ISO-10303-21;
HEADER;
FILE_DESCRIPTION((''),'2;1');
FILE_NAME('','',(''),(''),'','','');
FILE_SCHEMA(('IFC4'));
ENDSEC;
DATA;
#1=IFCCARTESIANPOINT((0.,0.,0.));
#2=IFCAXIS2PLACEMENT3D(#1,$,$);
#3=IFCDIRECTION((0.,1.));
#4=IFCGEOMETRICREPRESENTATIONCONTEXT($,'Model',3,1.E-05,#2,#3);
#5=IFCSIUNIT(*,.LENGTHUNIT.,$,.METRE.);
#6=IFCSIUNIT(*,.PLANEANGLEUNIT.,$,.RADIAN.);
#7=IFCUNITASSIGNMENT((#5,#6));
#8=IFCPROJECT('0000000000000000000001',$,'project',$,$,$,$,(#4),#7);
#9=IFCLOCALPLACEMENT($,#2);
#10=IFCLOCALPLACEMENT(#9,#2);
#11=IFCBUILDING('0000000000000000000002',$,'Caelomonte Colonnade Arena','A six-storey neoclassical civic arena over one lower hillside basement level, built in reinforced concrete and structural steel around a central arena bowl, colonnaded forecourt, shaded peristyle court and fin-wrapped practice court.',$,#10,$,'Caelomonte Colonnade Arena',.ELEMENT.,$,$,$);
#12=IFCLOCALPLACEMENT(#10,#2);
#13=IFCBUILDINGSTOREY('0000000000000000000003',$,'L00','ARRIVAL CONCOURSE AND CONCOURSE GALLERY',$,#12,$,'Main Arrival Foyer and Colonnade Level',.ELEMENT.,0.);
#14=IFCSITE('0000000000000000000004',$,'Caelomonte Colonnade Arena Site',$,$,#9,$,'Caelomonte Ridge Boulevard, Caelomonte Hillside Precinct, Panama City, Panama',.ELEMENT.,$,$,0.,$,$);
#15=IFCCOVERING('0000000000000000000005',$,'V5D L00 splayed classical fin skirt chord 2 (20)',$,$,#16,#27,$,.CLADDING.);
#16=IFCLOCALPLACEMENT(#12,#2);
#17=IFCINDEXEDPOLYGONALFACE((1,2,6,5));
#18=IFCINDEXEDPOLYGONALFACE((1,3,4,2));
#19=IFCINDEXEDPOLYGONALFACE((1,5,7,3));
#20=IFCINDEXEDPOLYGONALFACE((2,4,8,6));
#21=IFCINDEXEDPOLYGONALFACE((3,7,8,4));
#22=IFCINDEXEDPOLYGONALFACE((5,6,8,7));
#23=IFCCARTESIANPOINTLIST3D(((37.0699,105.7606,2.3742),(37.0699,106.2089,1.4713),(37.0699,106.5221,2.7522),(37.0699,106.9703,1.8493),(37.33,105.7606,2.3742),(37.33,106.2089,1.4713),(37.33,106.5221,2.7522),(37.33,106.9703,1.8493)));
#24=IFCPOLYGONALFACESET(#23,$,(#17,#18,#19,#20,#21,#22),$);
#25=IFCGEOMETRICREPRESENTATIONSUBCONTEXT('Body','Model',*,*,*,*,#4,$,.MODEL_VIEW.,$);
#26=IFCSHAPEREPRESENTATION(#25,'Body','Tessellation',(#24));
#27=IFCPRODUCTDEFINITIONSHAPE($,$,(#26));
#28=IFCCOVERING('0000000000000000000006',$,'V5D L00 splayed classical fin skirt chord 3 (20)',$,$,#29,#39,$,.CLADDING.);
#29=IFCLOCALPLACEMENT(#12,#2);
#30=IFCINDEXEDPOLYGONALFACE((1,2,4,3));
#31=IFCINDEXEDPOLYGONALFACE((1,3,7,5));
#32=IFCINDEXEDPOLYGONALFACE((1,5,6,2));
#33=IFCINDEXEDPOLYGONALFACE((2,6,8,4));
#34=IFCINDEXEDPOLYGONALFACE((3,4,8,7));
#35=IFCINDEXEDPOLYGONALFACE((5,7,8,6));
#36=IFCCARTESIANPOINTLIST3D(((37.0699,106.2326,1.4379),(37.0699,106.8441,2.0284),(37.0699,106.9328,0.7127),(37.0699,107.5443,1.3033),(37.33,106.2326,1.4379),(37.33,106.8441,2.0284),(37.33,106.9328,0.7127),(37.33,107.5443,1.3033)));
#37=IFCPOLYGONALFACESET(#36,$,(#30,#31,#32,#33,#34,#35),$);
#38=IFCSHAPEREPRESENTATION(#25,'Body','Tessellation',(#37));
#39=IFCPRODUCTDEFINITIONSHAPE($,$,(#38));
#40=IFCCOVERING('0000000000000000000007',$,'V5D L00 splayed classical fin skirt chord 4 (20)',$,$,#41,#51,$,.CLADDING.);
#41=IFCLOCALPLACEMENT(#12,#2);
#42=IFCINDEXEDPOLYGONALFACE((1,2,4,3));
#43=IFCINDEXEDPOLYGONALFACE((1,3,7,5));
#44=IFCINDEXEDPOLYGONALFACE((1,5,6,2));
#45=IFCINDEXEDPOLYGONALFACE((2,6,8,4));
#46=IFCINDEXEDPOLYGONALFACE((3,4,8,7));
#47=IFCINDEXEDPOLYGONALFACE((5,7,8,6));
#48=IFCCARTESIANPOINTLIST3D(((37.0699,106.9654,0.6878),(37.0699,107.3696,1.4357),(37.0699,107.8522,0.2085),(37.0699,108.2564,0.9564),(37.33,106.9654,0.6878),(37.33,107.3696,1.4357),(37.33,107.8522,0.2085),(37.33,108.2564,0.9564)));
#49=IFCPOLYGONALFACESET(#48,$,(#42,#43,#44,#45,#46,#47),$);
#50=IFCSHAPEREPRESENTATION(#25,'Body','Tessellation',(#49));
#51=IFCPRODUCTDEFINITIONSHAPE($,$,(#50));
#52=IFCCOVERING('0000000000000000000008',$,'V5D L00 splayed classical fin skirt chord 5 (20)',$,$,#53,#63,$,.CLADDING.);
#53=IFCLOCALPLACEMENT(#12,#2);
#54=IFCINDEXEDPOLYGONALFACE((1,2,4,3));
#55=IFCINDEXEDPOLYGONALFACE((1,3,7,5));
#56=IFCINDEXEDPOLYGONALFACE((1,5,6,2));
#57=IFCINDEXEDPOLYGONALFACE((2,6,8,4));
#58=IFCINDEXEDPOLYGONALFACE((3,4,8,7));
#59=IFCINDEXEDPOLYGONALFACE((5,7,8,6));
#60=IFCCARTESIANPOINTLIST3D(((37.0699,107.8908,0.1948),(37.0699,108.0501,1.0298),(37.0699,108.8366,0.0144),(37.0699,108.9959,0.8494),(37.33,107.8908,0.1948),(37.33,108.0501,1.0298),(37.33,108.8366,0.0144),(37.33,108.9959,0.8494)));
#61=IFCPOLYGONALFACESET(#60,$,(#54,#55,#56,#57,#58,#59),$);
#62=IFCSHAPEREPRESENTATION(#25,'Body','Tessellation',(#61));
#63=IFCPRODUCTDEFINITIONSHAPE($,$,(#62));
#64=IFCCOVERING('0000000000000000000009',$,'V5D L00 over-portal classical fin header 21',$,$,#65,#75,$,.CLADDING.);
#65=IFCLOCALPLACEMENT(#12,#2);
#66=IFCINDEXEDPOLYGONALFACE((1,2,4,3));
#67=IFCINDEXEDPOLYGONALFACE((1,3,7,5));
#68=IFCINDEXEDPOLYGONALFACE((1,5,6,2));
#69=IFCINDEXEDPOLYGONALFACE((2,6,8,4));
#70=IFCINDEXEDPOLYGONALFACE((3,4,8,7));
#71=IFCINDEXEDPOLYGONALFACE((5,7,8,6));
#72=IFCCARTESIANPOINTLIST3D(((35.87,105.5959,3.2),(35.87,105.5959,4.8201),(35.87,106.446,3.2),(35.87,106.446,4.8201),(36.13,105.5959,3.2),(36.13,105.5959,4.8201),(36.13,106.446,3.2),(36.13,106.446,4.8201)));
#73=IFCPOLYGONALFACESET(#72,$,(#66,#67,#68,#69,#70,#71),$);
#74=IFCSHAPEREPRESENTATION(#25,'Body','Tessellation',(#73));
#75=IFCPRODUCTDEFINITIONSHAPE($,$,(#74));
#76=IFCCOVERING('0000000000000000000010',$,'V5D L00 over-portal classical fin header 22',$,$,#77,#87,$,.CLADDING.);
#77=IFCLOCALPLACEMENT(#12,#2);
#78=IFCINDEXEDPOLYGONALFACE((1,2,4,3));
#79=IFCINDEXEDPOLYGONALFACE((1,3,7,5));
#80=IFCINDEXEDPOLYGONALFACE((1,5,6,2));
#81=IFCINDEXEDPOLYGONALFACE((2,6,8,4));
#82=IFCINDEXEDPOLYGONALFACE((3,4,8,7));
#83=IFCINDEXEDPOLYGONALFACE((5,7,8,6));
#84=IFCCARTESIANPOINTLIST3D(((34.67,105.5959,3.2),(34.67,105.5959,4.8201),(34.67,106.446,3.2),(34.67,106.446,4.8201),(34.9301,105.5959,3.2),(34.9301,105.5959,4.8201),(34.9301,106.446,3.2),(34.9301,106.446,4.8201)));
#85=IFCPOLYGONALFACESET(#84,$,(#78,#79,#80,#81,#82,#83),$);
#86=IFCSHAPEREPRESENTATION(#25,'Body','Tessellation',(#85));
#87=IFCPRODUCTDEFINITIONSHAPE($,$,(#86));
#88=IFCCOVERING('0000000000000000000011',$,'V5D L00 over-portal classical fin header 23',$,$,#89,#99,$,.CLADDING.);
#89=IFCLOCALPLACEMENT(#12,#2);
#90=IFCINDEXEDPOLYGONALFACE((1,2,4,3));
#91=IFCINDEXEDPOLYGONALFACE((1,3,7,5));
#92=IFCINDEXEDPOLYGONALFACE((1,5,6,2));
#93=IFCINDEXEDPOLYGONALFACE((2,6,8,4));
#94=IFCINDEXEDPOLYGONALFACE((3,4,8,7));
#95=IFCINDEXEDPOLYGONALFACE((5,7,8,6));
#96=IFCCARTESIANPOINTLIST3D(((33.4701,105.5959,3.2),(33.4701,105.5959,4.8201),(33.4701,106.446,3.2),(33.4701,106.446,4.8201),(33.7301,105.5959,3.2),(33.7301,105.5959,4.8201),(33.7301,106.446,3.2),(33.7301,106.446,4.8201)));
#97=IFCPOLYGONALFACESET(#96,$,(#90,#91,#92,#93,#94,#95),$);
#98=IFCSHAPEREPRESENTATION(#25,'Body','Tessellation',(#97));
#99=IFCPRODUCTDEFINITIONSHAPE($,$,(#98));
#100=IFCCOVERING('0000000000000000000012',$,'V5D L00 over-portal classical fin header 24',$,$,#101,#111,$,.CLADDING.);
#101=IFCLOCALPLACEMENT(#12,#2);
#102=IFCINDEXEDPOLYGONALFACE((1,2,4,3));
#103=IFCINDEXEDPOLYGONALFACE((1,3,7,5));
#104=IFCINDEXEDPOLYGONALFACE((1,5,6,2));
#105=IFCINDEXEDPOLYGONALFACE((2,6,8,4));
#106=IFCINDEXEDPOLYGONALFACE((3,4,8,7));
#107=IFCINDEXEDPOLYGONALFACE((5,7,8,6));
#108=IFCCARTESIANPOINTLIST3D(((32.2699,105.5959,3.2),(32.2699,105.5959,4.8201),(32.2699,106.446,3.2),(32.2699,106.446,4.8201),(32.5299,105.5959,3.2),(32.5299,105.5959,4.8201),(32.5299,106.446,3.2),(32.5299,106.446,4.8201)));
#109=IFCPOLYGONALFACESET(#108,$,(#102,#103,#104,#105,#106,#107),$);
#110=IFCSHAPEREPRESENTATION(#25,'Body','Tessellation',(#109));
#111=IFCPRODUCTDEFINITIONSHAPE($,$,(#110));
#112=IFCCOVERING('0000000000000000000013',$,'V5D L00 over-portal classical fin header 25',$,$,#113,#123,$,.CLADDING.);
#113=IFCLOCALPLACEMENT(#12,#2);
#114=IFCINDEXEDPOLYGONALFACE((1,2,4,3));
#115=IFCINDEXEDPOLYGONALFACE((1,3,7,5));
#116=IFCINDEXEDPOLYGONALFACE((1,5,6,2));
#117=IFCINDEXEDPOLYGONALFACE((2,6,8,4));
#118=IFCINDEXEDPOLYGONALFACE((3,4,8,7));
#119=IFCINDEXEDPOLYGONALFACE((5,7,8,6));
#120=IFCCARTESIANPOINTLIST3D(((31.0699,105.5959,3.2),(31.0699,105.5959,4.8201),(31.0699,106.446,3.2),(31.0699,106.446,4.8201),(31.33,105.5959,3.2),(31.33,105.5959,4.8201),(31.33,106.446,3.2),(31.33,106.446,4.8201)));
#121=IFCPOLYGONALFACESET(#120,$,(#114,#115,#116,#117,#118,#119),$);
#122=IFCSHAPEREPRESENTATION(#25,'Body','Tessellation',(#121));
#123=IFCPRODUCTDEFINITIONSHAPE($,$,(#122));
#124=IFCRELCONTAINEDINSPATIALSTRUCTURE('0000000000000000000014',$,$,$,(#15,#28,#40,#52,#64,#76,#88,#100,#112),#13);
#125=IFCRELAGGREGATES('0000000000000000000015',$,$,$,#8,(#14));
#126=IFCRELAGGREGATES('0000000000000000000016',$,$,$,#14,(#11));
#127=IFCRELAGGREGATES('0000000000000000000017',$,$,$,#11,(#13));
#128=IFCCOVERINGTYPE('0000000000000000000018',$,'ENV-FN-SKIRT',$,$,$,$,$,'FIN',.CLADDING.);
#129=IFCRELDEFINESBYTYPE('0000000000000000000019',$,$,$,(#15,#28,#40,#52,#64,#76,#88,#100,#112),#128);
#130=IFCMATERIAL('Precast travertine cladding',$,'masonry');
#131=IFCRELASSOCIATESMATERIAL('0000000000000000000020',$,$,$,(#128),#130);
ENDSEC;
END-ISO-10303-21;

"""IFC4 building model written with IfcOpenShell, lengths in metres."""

from ifc_helpers import new_model, si_unit, direction, frame, origin, origin_2d, place, context, subcontext, project, spatial, rectangle, extrude, material, material_profile, profile_set, type_object, element, save


model = new_model("IFC4")

# Units and contexts
model_context = context("Model", 3, precision=1e-05, world=origin(), true_north=direction((0.0, 1.0)))
body_context = subcontext(model_context, "Body", "Model", "MODEL_VIEW")
ifc_project = project(units=[si_unit("LENGTHUNIT", "METRE"), si_unit("PLANEANGLEUNIT", "RADIAN")], contexts=[model_context])

# Site, building, storey
site_placement = place(None, origin())
site = spatial("IfcSite", under=ifc_project, at=site_placement, Name="Caelomonte Colonnade Arena Site", LongName="Caelomonte Ridge Boulevard, Caelomonte Hillside Precinct, Panama City, Panama", CompositionType="ELEMENT", RefElevation=0.0)
building_placement = place(site_placement, origin())
building = spatial("IfcBuilding", under=site, at=building_placement, Name="Caelomonte Colonnade Arena", Description="A six-storey neoclassical civic arena over one lower hillside basement level, built in reinforced concrete and structural steel around a central arena bowl, colonnaded forecourt, shaded peristyle court and fin-wrapped practice court.", LongName="Caelomonte Colonnade Arena", CompositionType="ELEMENT")
storey_placement = place(building_placement, origin())
storey = spatial("IfcBuildingStorey", under=building, at=storey_placement, Name="L00", Description="ARRIVAL CONCOURSE AND CONCOURSE GALLERY", LongName="Main Arrival Foyer and Colonnade Level", CompositionType="ELEMENT", Elevation=0.0)

# Coverings
ifc_material = material(Name="Precast travertine cladding", Category="masonry")
ifc_material_profile = material_profile(ifc_material, rectangle(XDim=0.26, YDim=0.8501, at=origin_2d()), Name="FIN260X850")
ifc_profile_set = profile_set([ifc_material_profile], Name="Precast travertine cladding")
covering_type = type_object("IfcCoveringType", Name="ENV-FN-SKIRT", ElementType="FIN", PredefinedType="CLADDING", material=ifc_profile_set)
for number, where, z_axis, x_axis, name in (
    (1, (37.2, 106.1414, 2.5632), (0.0, 0.444693, -0.895683), (-1.0, 0.0, 0.0), "V5D L00 splayed classical fin skirt chord 2 (20)"),
    (2, (37.2, 106.5383, 1.7332), (0.0, 0.694646, -0.719351), (-1.0, 0.0, 0.0), "V5D L00 splayed classical fin skirt chord 3 (20)"),
    (3, (37.2, 107.1675, 1.0618), (0.0, 0.879731, -0.475471), (-1.0, 0.0, 0.0), "V5D L00 splayed classical fin skirt chord 4 (20)"),
):
    element("IfcCovering", number, at=place(storey_placement, frame(where, z_axis=z_axis, x_axis=x_axis)), inside=storey, type_object=covering_type, Name=name, PredefinedType="CLADDING", context=body_context, shape_type="SweptSolid", body=[
        extrude(rectangle(XDim=0.26, YDim=0.8501, at=origin_2d()), origin(), (0.0, 0.0, 1.0), 1.0081),
    ])
covering_1_placement = place(storey_placement, frame((37.2, 107.9705, 0.6123), z_axis=(0.0, 0.982287, -0.18738), x_axis=(-1.0, 0.0, 0.0)))
element("IfcCovering", 4, at=covering_1_placement, inside=storey, type_object=covering_type, Name="V5D L00 splayed classical fin skirt chord 5 (20)", PredefinedType="CLADDING", context=body_context, shape_type="SweptSolid", body=[
    extrude(rectangle(XDim=0.26, YDim=0.8501, at=origin_2d()), origin(), (0.0, 0.0, 1.0), 0.9629),
])
for number, where, z_axis, x_axis, name in (
    (5, (36.0, 106.021, 3.2), (0.0, 0.0, 1.0), (1.0, 0.0, 0.0), "V5D L00 over-portal classical fin header 21"),
    (6, (34.8, 106.021, 3.2), (0.0, 0.0, 1.0), (1.0, 0.0, 0.0), "V5D L00 over-portal classical fin header 22"),
    (7, (33.6001, 106.021, 3.2), (0.0, 0.0, 1.0), (1.0, 0.0, 0.0), "V5D L00 over-portal classical fin header 23"),
    (8, (32.3999, 106.021, 3.2), (0.0, 0.0, 1.0), (1.0, 0.0, 0.0), "V5D L00 over-portal classical fin header 24"),
    (9, (31.2, 106.021, 3.2), (0.0, 0.0, 1.0), (1.0, 0.0, 0.0), "V5D L00 over-portal classical fin header 25"),
):
    element("IfcCovering", number, at=place(storey_placement, frame(where, z_axis=z_axis, x_axis=x_axis)), inside=storey, type_object=covering_type, Name=name, PredefinedType="CLADDING", context=body_context, shape_type="SweptSolid", body=[
        extrude(rectangle(XDim=0.26, YDim=0.8501, at=origin_2d()), origin(), (0.0, 0.0, 1.0), 1.6201),
    ])

save(model, "model.ifc")
